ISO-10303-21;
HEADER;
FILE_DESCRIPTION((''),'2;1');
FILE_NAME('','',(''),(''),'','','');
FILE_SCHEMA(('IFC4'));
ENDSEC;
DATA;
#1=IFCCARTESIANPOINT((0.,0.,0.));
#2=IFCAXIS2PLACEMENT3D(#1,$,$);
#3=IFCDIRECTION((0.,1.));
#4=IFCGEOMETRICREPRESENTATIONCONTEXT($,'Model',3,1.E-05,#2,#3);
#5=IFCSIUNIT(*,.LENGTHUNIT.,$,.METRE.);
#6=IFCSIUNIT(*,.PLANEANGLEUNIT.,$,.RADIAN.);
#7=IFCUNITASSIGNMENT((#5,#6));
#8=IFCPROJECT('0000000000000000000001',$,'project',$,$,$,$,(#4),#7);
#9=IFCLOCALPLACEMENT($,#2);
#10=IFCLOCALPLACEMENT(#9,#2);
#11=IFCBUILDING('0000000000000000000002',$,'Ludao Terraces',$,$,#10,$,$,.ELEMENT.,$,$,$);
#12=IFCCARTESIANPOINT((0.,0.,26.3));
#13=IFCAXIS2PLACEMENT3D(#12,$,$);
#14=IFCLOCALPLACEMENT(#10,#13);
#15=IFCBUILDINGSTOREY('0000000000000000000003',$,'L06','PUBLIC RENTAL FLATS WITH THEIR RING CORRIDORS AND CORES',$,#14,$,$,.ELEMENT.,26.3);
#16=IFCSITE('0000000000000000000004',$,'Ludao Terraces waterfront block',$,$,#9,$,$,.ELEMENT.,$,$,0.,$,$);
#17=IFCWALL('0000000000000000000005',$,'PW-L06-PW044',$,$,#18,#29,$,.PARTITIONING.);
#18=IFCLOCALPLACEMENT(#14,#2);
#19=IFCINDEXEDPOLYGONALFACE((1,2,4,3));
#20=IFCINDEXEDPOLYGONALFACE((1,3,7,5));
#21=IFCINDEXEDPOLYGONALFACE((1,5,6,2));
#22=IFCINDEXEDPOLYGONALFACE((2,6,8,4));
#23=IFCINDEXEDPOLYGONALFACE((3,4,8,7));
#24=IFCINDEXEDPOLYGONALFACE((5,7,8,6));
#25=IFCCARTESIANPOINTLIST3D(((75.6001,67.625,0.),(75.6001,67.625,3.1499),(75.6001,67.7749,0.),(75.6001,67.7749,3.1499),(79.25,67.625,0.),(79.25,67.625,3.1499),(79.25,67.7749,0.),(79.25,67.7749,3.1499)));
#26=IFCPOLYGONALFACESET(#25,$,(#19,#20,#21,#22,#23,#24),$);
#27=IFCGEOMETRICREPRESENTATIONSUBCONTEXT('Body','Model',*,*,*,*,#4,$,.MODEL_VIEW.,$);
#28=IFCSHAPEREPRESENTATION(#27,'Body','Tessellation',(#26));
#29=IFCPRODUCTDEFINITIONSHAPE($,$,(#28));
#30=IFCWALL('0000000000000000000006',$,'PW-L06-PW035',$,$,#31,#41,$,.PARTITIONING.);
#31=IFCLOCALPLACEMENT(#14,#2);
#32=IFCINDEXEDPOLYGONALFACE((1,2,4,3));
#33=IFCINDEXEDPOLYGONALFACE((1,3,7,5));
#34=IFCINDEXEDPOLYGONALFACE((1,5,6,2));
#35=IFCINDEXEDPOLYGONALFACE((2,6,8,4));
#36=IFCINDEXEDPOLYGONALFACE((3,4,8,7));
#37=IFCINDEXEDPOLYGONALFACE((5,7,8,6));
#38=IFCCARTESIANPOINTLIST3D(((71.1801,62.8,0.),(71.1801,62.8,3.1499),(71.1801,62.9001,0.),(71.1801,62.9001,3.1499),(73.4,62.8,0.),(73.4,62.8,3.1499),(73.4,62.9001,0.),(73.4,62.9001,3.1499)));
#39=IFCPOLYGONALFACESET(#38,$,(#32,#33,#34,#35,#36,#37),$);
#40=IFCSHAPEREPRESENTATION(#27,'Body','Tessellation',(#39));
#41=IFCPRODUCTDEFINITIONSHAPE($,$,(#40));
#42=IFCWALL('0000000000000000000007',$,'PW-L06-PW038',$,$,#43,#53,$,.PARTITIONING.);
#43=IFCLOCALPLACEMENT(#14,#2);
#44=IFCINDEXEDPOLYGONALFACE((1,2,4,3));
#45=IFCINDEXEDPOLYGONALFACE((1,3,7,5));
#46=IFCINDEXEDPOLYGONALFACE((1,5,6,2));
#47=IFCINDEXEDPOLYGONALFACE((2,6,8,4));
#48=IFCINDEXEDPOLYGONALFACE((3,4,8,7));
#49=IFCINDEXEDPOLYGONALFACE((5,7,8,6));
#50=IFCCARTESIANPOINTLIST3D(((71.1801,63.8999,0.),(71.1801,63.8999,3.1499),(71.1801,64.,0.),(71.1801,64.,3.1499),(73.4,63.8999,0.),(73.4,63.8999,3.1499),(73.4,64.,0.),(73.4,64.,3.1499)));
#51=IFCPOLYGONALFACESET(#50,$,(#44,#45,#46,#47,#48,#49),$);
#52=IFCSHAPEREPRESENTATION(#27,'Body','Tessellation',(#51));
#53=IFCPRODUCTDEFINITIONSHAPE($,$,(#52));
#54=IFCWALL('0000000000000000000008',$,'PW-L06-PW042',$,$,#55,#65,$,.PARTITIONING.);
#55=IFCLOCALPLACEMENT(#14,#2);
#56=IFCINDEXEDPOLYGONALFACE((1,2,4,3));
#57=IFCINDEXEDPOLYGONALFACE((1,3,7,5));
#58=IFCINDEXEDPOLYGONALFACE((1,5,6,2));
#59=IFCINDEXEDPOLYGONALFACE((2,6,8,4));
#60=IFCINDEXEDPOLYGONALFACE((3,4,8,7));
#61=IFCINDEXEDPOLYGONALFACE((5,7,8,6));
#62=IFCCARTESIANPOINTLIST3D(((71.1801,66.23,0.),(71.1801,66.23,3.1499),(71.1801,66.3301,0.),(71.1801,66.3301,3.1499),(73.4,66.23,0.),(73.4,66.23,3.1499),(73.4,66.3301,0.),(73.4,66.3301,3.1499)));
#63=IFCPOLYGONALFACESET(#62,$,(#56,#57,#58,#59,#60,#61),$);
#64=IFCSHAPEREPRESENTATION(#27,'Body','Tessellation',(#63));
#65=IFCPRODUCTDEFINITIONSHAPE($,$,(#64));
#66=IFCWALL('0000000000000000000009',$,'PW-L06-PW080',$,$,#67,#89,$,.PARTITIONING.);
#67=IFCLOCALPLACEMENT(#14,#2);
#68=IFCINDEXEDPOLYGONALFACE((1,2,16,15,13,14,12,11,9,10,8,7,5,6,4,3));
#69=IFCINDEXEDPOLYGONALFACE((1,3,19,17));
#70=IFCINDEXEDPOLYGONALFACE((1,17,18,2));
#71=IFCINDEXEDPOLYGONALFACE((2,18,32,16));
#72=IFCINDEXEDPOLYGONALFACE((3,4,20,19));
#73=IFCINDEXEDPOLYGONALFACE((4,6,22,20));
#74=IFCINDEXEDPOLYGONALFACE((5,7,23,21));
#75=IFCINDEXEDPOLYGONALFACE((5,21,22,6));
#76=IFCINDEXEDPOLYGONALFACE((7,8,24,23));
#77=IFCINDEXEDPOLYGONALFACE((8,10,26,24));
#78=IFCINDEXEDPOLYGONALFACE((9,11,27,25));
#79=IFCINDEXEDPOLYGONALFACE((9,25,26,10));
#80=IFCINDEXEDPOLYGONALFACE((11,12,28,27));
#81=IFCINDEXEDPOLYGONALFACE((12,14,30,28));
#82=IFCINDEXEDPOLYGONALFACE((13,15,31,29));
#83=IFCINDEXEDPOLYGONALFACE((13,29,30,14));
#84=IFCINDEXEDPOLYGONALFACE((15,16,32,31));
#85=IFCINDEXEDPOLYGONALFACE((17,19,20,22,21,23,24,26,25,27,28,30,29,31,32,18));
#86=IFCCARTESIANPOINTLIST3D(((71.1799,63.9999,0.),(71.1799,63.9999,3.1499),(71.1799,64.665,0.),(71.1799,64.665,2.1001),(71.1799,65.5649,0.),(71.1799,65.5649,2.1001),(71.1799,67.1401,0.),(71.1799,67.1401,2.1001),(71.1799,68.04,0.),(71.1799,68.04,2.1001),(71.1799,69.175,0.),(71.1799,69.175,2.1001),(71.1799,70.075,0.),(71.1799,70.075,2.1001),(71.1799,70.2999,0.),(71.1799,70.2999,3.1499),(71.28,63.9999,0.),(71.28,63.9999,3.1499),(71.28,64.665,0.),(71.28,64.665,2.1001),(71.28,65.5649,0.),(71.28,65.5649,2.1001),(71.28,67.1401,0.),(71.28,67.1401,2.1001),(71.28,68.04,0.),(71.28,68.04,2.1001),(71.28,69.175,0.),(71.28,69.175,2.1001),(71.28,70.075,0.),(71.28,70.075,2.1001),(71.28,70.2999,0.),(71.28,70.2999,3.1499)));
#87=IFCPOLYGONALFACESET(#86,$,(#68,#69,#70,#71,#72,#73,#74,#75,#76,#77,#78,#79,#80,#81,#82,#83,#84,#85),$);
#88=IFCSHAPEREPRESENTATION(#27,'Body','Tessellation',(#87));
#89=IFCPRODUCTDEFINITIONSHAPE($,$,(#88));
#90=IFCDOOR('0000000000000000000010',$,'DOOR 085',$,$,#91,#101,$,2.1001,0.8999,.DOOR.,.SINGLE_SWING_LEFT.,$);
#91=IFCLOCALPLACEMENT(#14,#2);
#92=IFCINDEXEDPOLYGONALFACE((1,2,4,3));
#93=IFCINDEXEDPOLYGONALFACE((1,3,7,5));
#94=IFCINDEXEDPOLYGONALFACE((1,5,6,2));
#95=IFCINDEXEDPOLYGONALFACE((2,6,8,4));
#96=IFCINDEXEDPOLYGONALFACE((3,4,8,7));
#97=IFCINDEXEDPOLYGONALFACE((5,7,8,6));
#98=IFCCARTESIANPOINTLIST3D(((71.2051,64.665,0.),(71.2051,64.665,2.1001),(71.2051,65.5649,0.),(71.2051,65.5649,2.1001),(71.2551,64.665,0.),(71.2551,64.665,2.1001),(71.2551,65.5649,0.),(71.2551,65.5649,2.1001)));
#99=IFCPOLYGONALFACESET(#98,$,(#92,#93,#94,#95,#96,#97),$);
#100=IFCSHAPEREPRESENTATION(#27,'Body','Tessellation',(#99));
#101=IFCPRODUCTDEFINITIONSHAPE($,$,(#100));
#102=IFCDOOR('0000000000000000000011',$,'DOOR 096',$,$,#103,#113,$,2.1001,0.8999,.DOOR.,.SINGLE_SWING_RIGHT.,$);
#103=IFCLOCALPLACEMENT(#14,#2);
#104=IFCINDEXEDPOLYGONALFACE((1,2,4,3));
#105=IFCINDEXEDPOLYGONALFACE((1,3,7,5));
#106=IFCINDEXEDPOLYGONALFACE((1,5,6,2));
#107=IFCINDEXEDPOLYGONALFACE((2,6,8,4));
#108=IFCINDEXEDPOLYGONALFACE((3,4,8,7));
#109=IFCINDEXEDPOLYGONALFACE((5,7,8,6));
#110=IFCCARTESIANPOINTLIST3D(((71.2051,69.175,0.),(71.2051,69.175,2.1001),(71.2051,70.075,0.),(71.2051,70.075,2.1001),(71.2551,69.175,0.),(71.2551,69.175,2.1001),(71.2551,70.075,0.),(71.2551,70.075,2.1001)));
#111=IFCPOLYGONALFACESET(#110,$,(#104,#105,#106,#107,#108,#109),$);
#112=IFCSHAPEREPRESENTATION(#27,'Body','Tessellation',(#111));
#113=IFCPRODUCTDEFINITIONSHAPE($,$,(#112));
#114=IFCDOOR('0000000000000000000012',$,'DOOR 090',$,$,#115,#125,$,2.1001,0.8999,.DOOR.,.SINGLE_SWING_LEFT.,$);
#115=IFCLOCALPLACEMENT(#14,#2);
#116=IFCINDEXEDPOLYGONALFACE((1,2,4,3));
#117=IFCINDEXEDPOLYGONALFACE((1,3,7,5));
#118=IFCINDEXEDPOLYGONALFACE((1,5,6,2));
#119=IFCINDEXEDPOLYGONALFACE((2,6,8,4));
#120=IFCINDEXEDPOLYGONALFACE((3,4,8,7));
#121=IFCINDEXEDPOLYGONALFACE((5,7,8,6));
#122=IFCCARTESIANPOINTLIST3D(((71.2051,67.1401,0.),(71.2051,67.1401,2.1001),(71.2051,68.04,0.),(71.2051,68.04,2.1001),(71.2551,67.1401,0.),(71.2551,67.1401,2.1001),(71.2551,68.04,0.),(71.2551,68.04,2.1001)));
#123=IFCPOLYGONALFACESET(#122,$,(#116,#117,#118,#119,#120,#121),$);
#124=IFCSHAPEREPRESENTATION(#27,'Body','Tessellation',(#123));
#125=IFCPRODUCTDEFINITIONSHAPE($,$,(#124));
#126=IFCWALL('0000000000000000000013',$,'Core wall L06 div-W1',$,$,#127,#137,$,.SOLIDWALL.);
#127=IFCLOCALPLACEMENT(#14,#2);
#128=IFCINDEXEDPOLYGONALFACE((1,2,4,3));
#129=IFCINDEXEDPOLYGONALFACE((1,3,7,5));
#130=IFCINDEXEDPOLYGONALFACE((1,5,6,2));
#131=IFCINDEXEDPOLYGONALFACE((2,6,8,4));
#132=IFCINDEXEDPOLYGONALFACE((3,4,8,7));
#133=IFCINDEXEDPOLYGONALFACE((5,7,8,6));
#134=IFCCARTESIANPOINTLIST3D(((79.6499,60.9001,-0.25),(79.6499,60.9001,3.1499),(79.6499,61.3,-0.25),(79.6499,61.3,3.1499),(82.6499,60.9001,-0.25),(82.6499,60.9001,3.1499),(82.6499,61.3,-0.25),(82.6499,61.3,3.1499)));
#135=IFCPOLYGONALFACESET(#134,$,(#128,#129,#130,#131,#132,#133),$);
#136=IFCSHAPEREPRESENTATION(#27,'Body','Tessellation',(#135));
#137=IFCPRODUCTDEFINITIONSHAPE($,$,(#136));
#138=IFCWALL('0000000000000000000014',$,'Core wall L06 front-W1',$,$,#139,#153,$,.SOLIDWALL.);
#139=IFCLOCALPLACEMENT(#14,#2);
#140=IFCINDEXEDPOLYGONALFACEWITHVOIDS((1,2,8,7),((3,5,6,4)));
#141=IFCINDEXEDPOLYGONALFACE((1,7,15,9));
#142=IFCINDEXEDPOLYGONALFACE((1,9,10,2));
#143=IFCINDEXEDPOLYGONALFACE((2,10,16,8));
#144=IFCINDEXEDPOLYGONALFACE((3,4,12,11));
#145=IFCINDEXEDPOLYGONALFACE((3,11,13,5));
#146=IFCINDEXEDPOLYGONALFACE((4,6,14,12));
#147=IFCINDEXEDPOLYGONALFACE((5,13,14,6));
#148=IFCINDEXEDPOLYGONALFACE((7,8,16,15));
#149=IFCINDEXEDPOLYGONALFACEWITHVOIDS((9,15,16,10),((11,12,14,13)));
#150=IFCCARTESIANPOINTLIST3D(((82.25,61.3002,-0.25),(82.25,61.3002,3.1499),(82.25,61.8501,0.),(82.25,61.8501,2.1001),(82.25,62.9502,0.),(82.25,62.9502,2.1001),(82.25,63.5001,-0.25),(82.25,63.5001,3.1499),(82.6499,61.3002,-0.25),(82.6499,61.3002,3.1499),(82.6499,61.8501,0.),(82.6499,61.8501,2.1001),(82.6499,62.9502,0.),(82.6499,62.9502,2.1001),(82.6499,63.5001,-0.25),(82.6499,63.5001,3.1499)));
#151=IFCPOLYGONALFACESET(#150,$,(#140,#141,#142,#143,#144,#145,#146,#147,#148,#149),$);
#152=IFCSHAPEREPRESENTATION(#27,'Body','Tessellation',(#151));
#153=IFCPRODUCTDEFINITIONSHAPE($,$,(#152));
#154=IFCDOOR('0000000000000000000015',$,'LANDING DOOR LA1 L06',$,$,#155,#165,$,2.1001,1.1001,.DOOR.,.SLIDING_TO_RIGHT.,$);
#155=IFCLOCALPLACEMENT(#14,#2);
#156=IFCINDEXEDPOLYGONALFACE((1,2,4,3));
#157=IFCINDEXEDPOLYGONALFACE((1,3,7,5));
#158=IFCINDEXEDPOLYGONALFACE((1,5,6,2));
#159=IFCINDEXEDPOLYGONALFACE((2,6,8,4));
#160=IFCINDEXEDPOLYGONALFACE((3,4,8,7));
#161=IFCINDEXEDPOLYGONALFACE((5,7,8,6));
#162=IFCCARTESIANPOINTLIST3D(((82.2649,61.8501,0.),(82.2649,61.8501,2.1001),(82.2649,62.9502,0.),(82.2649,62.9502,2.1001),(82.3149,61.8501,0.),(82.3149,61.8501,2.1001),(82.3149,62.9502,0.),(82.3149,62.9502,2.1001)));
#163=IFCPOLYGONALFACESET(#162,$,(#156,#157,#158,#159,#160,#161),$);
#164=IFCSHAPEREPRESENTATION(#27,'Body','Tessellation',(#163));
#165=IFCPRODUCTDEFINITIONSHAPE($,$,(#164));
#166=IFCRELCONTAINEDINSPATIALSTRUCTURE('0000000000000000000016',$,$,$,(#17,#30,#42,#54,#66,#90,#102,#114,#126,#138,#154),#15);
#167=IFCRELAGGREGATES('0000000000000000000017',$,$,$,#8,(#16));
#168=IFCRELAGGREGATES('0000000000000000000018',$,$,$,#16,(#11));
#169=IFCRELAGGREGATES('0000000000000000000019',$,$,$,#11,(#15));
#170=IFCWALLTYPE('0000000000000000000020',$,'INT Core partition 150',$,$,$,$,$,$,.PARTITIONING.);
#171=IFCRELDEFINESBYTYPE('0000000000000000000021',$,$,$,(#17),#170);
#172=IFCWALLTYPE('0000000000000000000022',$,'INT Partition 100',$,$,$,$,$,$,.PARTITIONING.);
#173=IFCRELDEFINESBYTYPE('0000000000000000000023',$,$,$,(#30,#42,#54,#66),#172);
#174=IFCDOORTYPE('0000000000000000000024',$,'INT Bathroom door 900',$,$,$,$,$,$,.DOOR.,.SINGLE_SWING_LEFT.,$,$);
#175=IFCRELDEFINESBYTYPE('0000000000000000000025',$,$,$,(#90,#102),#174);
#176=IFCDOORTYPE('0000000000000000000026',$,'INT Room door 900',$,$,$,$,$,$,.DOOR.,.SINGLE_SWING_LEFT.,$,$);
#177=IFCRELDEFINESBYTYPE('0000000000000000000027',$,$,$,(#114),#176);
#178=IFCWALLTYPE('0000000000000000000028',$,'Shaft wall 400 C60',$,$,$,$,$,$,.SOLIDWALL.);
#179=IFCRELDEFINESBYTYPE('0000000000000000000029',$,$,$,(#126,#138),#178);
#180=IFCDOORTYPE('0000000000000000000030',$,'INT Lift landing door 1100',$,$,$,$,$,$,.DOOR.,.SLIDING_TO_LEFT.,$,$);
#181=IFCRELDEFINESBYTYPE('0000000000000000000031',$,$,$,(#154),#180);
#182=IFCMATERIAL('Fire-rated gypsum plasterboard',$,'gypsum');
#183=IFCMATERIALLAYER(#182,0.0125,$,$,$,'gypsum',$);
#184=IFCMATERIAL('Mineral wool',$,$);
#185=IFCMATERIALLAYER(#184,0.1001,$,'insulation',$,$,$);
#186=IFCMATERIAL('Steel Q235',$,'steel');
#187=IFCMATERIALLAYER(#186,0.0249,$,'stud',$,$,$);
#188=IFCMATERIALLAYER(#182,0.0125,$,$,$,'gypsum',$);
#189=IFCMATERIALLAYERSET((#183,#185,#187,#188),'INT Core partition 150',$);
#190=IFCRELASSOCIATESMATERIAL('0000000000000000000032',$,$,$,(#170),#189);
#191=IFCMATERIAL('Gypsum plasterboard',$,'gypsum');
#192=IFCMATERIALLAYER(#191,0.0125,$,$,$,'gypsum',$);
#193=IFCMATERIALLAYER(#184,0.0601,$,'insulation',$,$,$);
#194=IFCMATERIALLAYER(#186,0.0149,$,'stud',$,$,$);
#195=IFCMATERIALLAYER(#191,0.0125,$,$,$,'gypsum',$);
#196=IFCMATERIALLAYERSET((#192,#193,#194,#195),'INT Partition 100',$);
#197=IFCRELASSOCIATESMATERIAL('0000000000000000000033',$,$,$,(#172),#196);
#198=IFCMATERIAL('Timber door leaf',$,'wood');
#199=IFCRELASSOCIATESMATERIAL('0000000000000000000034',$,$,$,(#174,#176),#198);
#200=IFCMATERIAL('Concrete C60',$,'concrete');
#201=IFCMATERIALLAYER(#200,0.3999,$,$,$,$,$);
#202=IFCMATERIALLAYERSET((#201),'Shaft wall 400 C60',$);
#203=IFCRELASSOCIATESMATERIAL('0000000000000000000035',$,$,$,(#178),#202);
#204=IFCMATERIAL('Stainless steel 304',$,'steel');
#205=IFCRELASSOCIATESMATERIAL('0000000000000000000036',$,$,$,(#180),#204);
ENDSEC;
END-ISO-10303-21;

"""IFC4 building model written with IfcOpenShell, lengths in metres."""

from ifc_helpers import new_model, si_unit, direction, frame, frame_2d, origin, place, context, subcontext, project, spatial, rectangle, extrude, material, layer, layer_set, type_object, element, fill, save


model = new_model("IFC4")

# Units and contexts
model_context = context("Model", 3, precision=1e-05, world=origin(), true_north=direction((0.0, 1.0)))
body_context = subcontext(model_context, "Body", "Model", "MODEL_VIEW")
ifc_project = project(units=[si_unit("LENGTHUNIT", "METRE"), si_unit("PLANEANGLEUNIT", "RADIAN")], contexts=[model_context])

# Site, building, storey
site_placement = place(None, origin())
site = spatial("IfcSite", under=ifc_project, at=site_placement, Name="Ludao Terraces waterfront block", CompositionType="ELEMENT", RefElevation=0.0)
building_placement = place(site_placement, origin())
building = spatial("IfcBuilding", under=site, at=building_placement, Name="Ludao Terraces", CompositionType="ELEMENT")
storey_placement = place(building_placement, frame((0.0, 0.0, 26.3)))
storey = spatial("IfcBuildingStorey", under=building, at=storey_placement, Name="L06", Description="PUBLIC RENTAL FLATS WITH THEIR RING CORRIDORS AND CORES", CompositionType="ELEMENT", Elevation=26.3)

# Walls
ifc_material_1 = material(Name="Fire-rated gypsum plasterboard", Category="gypsum")
ifc_layer_1 = layer(ifc_material_1, 0.0125, Category="gypsum")
ifc_material_2 = material(Name="Mineral wool")
ifc_layer_2 = layer(ifc_material_2, 0.1001, Name="insulation")
ifc_material_3 = material(Name="Steel Q235", Category="steel")
ifc_layer_3 = layer(ifc_material_3, 0.0249, Name="stud")
ifc_layer_4 = layer(ifc_material_1, 0.0125, Category="gypsum")
ifc_layer_set_1 = layer_set([ifc_layer_1, ifc_layer_2, ifc_layer_3, ifc_layer_4], Name="INT Core partition 150")
wall_type_1 = type_object("IfcWallType", Name="INT Core partition 150", PredefinedType="PARTITIONING", material=ifc_layer_set_1)
wall_1_placement = place(storey_placement, frame((75.6001, 67.7, 0.0), z_axis=(0.0, 0.0, 1.0), x_axis=(1.0, 0.0, 0.0)))
element("IfcWall", 1, at=wall_1_placement, inside=storey, type_object=wall_type_1, Name="PW-L06-PW044", PredefinedType="PARTITIONING", context=body_context, shape_type="SweptSolid", body=[
    extrude(rectangle(XDim=3.6499, YDim=0.1499, at=frame_2d((1.825, 0.0))), origin(), (0.0, 0.0, 1.0), 3.1499),
])
ifc_material_4 = material(Name="Gypsum plasterboard", Category="gypsum")
ifc_layer_5 = layer(ifc_material_4, 0.0125, Category="gypsum")
ifc_layer_6 = layer(ifc_material_2, 0.0601, Name="insulation")
ifc_layer_7 = layer(ifc_material_3, 0.0149, Name="stud")
ifc_layer_8 = layer(ifc_material_4, 0.0125, Category="gypsum")
ifc_layer_set_2 = layer_set([ifc_layer_5, ifc_layer_6, ifc_layer_7, ifc_layer_8], Name="INT Partition 100")
wall_type_2 = type_object("IfcWallType", Name="INT Partition 100", PredefinedType="PARTITIONING", material=ifc_layer_set_2)
for number, where, z_axis, x_axis, name in (
    (2, (71.1802, 62.8501, 0.0), (0.0, 0.0, 1.0), (1.0, 0.0, 0.0), "PW-L06-PW035"),
    (3, (71.1802, 63.95, 0.0), (0.0, 0.0, 1.0), (1.0, 0.0, 0.0), "PW-L06-PW038"),
    (4, (71.1802, 66.28, 0.0), (0.0, 0.0, 1.0), (1.0, 0.0, 0.0), "PW-L06-PW042"),
):
    element("IfcWall", number, at=place(storey_placement, frame(where, z_axis=z_axis, x_axis=x_axis)), inside=storey, type_object=wall_type_2, Name=name, PredefinedType="PARTITIONING", context=body_context, shape_type="SweptSolid", body=[
        extrude(rectangle(XDim=2.22, YDim=0.1001, at=frame_2d((1.1099, 0.0))), origin(), (0.0, 0.0, 1.0), 3.1499),
    ])

# Wall, openings, doors
wall_2_placement = place(storey_placement, frame((71.23, 64.0, 0.0), z_axis=(0.0, 0.0, 1.0), x_axis=(0.0, 1.0, 0.0)))
wall_2 = element("IfcWall", 5, at=wall_2_placement, inside=storey, type_object=wall_type_2, Name="PW-L06-PW080", PredefinedType="PARTITIONING", context=body_context, shape_type="SweptSolid", body=[
    extrude(rectangle(XDim=6.3, YDim=0.1001, at=frame_2d((3.1499, 0.0))), origin(), (0.0, 0.0, 1.0), 3.1499),
])
opening_1_placement = place(wall_2_placement, frame((0.665, 0.0, 0.0)))
opening_1 = element("IfcOpeningElement", 6, at=opening_1_placement, cuts=wall_2, PredefinedType="OPENING", context=body_context, shape_type="SweptSolid", body=[
    extrude(rectangle(XDim=0.8999, YDim=2.1001, at=frame_2d((0.45, 1.05))), frame((0.0, 0.0601, 0.0), z_axis=(0.0, -1.0, 0.0), x_axis=(1.0, 0.0, 0.0)), (0.0, 0.0, 1.0), 0.1201),
])
opening_2_placement = place(wall_2_placement, frame((3.1401, 0.0, 0.0)))
opening_2 = element("IfcOpeningElement", 7, at=opening_2_placement, cuts=wall_2, PredefinedType="OPENING", context=body_context, shape_type="SweptSolid", body=[
    extrude(rectangle(XDim=0.8999, YDim=2.1001, at=frame_2d((0.45, 1.05))), frame((0.0, 0.0601, 0.0), z_axis=(0.0, -1.0, 0.0), x_axis=(1.0, 0.0, 0.0)), (0.0, 0.0, 1.0), 0.1201),
])
opening_3_placement = place(wall_2_placement, frame((5.175, 0.0, 0.0)))
opening_3 = element("IfcOpeningElement", 8, at=opening_3_placement, cuts=wall_2, PredefinedType="OPENING", context=body_context, shape_type="SweptSolid", body=[
    extrude(rectangle(XDim=0.8999, YDim=2.1001, at=frame_2d((0.45, 1.05))), frame((0.0, 0.0601, 0.0), z_axis=(0.0, -1.0, 0.0), x_axis=(1.0, 0.0, 0.0)), (0.0, 0.0, 1.0), 0.1201),
])
ifc_material_5 = material(Name="Timber door leaf", Category="wood")
door_type_1 = type_object("IfcDoorType", Name="INT Bathroom door 900", OperationType="SINGLE_SWING_LEFT", PredefinedType="DOOR", material=ifc_material_5)
door_1_placement = place(opening_1_placement, origin())
door_1 = element("IfcDoor", 9, at=door_1_placement, inside=storey, type_object=door_type_1, Name="DOOR 085", OperationType="SINGLE_SWING_LEFT", OverallHeight=2.1001, OverallWidth=0.8999, PredefinedType="DOOR", context=body_context, shape_type="SweptSolid", body=[
    extrude(rectangle(XDim=0.8999, YDim=2.1001, at=frame_2d((0.45, 1.05))), frame((0.0, 0.0249, 0.0), z_axis=(0.0, -1.0, 0.0), x_axis=(1.0, 0.0, 0.0)), (0.0, 0.0, 1.0), 0.05),
])
fill(opening_1, door_1)
door_2_placement = place(opening_3_placement, origin())
door_2 = element("IfcDoor", 10, at=door_2_placement, inside=storey, type_object=door_type_1, Name="DOOR 096", OperationType="SINGLE_SWING_RIGHT", OverallHeight=2.1001, OverallWidth=0.8999, PredefinedType="DOOR", context=body_context, shape_type="SweptSolid", body=[
    extrude(rectangle(XDim=0.8999, YDim=2.1001, at=frame_2d((0.45, 1.05))), frame((0.0, 0.0249, 0.0), z_axis=(0.0, -1.0, 0.0), x_axis=(1.0, 0.0, 0.0)), (0.0, 0.0, 1.0), 0.05),
])
fill(opening_3, door_2)
door_type_2 = type_object("IfcDoorType", Name="INT Room door 900", OperationType="SINGLE_SWING_LEFT", PredefinedType="DOOR", material=ifc_material_5)
door_3_placement = place(opening_2_placement, origin())
door_3 = element("IfcDoor", 11, at=door_3_placement, inside=storey, type_object=door_type_2, Name="DOOR 090", OperationType="SINGLE_SWING_LEFT", OverallHeight=2.1001, OverallWidth=0.8999, PredefinedType="DOOR", context=body_context, shape_type="SweptSolid", body=[
    extrude(rectangle(XDim=0.8999, YDim=2.1001, at=frame_2d((0.45, 1.05))), frame((0.0, 0.0249, 0.0), z_axis=(0.0, -1.0, 0.0), x_axis=(1.0, 0.0, 0.0)), (0.0, 0.0, 1.0), 0.05),
])
fill(opening_2, door_3)

# Wall
ifc_material_6 = material(Name="Concrete C60", Category="concrete")
ifc_layer_9 = layer(ifc_material_6, 0.3999)
ifc_layer_set_3 = layer_set([ifc_layer_9], Name="Shaft wall 400 C60")
wall_type_3 = type_object("IfcWallType", Name="Shaft wall 400 C60", PredefinedType="SOLIDWALL", material=ifc_layer_set_3)
wall_3_placement = place(storey_placement, frame((79.6499, 61.1001, -0.25), z_axis=(0.0, 0.0, 1.0), x_axis=(1.0, 0.0, 0.0)))
element("IfcWall", 12, at=wall_3_placement, inside=storey, type_object=wall_type_3, Name="Core wall L06 div-W1", PredefinedType="SOLIDWALL", context=body_context, shape_type="SweptSolid", body=[
    extrude(rectangle(XDim=3.0, YDim=0.3999, at=frame_2d((1.5, 0.0))), origin(), (0.0, 0.0, 1.0), 3.3999),
])

# Wall, opening, door
wall_4_placement = place(storey_placement, frame((82.45, 61.3, -0.25), z_axis=(0.0, 0.0, 1.0), x_axis=(0.0, 1.0, 0.0)))
wall_4 = element("IfcWall", 13, at=wall_4_placement, inside=storey, type_object=wall_type_3, Name="Core wall L06 front-W1", PredefinedType="SOLIDWALL", context=body_context, shape_type="SweptSolid", body=[
    extrude(rectangle(XDim=2.2, YDim=0.3999, at=frame_2d((1.1001, 0.0))), origin(), (0.0, 0.0, 1.0), 3.3999),
])
opening_4_placement = place(wall_4_placement, frame((0.55, 0.0, 0.25)))
opening_4 = element("IfcOpeningElement", 14, at=opening_4_placement, cuts=wall_4, PredefinedType="OPENING", context=body_context, shape_type="SweptSolid", body=[
    extrude(rectangle(XDim=1.1001, YDim=2.1001, at=frame_2d((0.55, 1.05))), frame((0.0, 0.21, 0.0), z_axis=(0.0, -1.0, 0.0), x_axis=(1.0, 0.0, 0.0)), (0.0, 0.0, 1.0), 0.4199),
])
ifc_material_7 = material(Name="Stainless steel 304", Category="steel")
door_type_3 = type_object("IfcDoorType", Name="INT Lift landing door 1100", OperationType="SLIDING_TO_LEFT", PredefinedType="DOOR", material=ifc_material_7)
door_4_placement = place(opening_4_placement, origin())
door_4 = element("IfcDoor", 15, at=door_4_placement, inside=storey, type_object=door_type_3, Name="LANDING DOOR LA1 L06", OperationType="SLIDING_TO_RIGHT", OverallHeight=2.1001, OverallWidth=1.1001, PredefinedType="DOOR", context=body_context, shape_type="SweptSolid", body=[
    extrude(rectangle(XDim=1.1001, YDim=2.1001, at=frame_2d((0.55, 1.05))), frame((0.0, 0.1851, 0.0), z_axis=(0.0, -1.0, 0.0), x_axis=(1.0, 0.0, 0.0)), (0.0, 0.0, 1.0), 0.05),
])
fill(opening_4, door_4)

save(model, "model.ifc")
